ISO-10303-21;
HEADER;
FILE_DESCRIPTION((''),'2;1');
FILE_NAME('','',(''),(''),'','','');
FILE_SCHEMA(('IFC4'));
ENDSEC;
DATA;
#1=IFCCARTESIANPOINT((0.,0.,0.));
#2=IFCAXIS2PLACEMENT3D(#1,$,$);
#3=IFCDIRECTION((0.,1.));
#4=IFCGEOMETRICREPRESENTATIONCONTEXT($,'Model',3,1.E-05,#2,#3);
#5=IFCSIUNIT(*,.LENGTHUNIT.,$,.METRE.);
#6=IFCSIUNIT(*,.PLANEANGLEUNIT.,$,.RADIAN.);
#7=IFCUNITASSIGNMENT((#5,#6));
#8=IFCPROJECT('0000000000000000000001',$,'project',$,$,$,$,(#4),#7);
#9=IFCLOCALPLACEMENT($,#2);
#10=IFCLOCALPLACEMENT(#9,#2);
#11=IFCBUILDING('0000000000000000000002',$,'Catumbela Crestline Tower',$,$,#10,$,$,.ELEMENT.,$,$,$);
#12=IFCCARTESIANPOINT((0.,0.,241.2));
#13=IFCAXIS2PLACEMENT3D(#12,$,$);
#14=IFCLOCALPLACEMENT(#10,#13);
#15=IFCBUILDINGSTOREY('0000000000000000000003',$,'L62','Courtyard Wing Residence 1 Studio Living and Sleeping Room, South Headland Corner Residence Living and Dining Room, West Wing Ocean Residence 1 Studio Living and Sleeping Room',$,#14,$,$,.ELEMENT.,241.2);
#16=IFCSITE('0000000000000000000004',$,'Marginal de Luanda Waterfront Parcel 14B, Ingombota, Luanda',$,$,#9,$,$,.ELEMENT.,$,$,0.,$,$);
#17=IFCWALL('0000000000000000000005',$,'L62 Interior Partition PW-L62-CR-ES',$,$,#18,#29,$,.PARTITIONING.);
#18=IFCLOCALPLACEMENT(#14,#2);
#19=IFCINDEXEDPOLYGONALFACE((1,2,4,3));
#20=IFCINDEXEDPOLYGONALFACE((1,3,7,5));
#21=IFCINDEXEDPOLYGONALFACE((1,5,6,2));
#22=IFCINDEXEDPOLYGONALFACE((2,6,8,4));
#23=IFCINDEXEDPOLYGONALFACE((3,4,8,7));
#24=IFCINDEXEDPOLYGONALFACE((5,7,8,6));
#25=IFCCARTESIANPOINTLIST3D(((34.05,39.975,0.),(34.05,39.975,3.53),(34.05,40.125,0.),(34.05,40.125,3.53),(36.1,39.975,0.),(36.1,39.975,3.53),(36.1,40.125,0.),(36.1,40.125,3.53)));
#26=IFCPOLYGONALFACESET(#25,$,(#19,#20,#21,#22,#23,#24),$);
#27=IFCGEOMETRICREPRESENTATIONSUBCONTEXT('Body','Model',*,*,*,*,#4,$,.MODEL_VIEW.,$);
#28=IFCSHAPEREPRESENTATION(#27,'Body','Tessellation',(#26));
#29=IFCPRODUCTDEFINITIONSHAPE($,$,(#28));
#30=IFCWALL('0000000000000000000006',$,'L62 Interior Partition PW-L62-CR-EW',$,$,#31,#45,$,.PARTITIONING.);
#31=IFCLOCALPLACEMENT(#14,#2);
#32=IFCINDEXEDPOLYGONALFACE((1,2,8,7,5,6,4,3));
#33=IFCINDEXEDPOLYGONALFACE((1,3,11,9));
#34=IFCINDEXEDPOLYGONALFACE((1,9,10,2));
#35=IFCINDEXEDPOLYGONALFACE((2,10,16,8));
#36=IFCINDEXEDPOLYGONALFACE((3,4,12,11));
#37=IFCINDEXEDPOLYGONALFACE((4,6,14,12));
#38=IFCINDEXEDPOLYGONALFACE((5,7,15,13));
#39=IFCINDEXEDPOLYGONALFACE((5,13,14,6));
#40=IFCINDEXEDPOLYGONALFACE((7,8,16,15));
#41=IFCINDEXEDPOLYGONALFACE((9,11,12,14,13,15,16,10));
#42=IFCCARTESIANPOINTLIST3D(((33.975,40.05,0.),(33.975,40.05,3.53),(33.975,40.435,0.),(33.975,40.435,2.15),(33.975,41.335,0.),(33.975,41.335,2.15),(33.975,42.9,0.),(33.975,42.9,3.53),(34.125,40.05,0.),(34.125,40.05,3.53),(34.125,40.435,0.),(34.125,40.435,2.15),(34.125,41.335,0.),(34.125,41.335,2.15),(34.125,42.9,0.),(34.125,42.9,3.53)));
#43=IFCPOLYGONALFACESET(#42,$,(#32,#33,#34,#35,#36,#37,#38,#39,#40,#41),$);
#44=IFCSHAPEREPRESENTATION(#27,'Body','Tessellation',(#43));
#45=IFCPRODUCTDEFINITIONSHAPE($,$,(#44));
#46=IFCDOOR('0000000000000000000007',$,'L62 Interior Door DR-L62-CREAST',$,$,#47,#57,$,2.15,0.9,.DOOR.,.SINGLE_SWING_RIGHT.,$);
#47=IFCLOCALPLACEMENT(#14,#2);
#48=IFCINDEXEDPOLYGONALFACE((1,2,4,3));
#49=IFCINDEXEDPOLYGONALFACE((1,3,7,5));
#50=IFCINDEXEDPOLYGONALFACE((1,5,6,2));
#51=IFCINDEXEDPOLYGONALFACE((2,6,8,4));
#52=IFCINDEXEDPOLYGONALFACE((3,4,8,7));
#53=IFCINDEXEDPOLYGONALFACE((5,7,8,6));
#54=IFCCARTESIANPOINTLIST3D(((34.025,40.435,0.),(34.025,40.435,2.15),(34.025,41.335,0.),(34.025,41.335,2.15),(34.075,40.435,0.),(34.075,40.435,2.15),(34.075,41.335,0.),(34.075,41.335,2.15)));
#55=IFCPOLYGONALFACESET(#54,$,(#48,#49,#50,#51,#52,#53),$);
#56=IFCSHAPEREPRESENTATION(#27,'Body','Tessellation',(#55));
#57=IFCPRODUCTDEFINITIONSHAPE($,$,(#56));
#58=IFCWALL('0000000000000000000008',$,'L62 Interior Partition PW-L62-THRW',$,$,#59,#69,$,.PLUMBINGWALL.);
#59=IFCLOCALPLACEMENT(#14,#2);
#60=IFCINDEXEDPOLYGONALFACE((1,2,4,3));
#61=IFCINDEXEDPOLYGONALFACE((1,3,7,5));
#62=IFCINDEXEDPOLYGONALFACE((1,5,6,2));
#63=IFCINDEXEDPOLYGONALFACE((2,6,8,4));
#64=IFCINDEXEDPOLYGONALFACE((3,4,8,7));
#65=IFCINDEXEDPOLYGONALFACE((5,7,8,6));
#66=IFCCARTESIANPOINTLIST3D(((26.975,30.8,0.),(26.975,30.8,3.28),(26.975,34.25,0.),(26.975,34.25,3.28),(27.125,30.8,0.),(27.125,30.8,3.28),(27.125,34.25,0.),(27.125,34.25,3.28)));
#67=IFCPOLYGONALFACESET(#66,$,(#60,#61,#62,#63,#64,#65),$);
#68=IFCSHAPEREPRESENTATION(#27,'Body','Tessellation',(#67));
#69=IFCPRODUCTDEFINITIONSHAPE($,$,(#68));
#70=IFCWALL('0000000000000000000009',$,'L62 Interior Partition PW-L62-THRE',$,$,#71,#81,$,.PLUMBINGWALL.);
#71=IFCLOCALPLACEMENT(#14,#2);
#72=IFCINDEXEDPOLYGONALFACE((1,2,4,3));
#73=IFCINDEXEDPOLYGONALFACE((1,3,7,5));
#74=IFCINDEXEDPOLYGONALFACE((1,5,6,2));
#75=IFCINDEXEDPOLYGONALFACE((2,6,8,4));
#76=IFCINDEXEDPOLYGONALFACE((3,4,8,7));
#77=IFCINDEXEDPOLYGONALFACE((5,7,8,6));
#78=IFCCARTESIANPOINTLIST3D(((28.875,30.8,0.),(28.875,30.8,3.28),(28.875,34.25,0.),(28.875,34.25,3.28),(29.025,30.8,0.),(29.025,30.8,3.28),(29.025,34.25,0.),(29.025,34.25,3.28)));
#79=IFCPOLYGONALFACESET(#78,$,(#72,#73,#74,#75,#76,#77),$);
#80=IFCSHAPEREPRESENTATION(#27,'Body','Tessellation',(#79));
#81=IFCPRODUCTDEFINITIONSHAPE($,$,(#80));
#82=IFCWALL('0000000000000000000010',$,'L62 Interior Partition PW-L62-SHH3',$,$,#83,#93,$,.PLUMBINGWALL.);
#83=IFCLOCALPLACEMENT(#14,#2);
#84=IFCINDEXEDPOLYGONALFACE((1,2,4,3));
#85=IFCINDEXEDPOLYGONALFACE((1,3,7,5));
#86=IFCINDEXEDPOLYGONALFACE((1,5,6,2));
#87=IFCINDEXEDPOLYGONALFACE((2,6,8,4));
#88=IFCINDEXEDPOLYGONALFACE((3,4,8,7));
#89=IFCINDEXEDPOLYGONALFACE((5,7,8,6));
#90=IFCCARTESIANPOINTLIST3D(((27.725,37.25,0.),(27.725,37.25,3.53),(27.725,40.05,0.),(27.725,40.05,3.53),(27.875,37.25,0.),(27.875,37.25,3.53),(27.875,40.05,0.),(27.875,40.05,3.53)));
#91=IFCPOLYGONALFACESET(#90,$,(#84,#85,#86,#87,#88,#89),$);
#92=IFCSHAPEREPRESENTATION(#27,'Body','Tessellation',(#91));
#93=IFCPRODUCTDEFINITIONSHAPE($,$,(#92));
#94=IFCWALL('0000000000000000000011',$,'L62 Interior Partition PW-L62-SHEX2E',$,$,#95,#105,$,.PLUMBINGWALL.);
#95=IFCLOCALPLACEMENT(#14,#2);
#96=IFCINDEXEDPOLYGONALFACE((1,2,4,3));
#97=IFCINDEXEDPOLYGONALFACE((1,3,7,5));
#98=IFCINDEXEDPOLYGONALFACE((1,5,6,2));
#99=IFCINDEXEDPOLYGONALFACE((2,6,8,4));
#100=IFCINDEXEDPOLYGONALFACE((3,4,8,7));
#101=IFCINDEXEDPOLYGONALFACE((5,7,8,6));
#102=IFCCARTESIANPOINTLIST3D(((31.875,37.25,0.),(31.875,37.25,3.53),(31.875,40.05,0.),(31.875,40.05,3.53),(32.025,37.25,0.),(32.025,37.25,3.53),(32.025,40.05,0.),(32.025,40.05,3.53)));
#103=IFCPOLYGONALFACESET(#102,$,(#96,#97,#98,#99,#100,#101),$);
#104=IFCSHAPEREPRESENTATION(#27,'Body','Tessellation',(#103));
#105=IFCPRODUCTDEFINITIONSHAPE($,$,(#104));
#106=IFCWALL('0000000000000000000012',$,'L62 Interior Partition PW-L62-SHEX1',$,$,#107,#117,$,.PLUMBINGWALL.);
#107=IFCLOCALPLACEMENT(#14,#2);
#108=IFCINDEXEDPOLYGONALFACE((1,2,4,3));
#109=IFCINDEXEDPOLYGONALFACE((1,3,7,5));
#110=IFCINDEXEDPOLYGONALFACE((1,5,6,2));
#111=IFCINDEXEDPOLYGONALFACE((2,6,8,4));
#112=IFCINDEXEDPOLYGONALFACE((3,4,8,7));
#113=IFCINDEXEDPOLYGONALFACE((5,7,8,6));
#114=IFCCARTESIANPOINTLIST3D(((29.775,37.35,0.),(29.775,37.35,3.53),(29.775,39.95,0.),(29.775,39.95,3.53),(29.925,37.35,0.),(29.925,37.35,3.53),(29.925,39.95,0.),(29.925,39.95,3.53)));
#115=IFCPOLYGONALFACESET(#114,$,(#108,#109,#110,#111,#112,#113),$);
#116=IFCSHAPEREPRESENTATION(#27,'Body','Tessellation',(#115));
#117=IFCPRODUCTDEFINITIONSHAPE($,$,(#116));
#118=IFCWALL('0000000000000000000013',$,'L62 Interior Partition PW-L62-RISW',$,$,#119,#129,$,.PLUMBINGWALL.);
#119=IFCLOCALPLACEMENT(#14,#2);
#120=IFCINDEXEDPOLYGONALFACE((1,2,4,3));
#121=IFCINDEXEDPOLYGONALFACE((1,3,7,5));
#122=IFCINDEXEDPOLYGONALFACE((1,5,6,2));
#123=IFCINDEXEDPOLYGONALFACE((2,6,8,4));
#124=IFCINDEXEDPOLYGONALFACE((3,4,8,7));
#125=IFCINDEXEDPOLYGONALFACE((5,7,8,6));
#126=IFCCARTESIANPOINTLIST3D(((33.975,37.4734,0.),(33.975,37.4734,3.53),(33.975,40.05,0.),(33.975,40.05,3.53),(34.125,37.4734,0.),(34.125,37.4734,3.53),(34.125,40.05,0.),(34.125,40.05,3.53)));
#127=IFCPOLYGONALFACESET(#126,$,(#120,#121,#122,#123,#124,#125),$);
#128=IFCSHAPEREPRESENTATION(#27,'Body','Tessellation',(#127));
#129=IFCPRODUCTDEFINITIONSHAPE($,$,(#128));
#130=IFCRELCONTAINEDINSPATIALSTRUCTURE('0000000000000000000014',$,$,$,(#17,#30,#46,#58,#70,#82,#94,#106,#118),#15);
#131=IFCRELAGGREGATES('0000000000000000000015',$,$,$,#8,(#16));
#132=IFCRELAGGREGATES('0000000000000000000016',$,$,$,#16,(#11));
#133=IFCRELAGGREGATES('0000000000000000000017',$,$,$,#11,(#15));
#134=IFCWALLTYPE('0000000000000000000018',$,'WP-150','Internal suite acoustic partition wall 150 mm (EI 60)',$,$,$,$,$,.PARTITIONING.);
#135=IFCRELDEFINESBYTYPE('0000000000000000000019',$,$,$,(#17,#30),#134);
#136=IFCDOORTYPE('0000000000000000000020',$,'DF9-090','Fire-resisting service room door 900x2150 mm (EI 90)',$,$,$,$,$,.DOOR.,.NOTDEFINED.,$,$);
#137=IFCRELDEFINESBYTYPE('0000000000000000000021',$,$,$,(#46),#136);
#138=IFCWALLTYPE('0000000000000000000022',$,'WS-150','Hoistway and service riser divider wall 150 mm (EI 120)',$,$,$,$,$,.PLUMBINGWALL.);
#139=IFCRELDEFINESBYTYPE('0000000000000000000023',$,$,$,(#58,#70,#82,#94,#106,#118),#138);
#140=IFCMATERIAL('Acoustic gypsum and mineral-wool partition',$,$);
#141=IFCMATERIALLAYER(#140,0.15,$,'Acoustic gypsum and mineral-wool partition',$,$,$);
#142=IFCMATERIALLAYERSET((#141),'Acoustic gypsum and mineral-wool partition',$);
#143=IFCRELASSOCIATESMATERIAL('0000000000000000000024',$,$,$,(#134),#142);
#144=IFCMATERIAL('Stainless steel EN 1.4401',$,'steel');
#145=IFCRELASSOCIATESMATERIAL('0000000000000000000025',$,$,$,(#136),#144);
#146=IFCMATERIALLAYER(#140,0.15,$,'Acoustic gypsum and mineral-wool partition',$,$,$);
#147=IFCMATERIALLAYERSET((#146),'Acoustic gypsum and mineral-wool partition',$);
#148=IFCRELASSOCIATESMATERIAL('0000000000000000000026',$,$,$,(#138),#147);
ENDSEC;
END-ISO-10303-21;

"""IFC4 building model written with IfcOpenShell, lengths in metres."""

from ifc_helpers import new_model, si_unit, direction, frame, frame_2d, origin, place, context, subcontext, project, spatial, rectangle, extrude, material, layer, layer_set, type_object, element, fill, save


model = new_model("IFC4")

# Units and contexts
model_context = context("Model", 3, precision=1e-05, world=origin(), true_north=direction((0.0, 1.0)))
body_context = subcontext(model_context, "Body", "Model", "MODEL_VIEW")
ifc_project = project(units=[si_unit("LENGTHUNIT", "METRE"), si_unit("PLANEANGLEUNIT", "RADIAN")], contexts=[model_context])

# Site, building, storey
site_placement = place(None, origin())
site = spatial("IfcSite", under=ifc_project, at=site_placement, Name="Marginal de Luanda Waterfront Parcel 14B, Ingombota, Luanda", CompositionType="ELEMENT", RefElevation=0.0)
building_placement = place(site_placement, origin())
building = spatial("IfcBuilding", under=site, at=building_placement, Name="Catumbela Crestline Tower", CompositionType="ELEMENT")
storey_placement = place(building_placement, frame((0.0, 0.0, 241.2)))
storey = spatial("IfcBuildingStorey", under=building, at=storey_placement, Name="L62", Description="Courtyard Wing Residence 1 Studio Living and Sleeping Room, South Headland Corner Residence Living and Dining Room, West Wing Ocean Residence 1 Studio Living and Sleeping Room", CompositionType="ELEMENT", Elevation=241.2)

# Shared definitions
ifc_material_1 = material(Name="Stainless steel EN 1.4401", Category="steel")

# Shared definitions
ifc_material_2 = material(Name="Acoustic gypsum and mineral-wool partition")

# Wall
ifc_layer_1 = layer(ifc_material_2, 0.15, Name="Acoustic gypsum and mineral-wool partition")
ifc_layer_set_1 = layer_set([ifc_layer_1], Name="Acoustic gypsum and mineral-wool partition")
wall_type_1 = type_object("IfcWallType", Name="WP-150", Description="Internal suite acoustic partition wall 150 mm (EI 60)", PredefinedType="PARTITIONING", material=ifc_layer_set_1)
wall_1_placement = place(storey_placement, frame((34.05, 40.05, 0.0), z_axis=(0.0, 0.0, 1.0), x_axis=(1.0, 0.0, 0.0)))
element("IfcWall", 1, at=wall_1_placement, inside=storey, type_object=wall_type_1, Name="L62 Interior Partition PW-L62-CR-ES", PredefinedType="PARTITIONING", context=body_context, shape_type="SweptSolid", body=[
    extrude(rectangle(XDim=2.05, YDim=0.15, at=frame_2d((1.025, 0.0))), origin(), (0.0, 0.0, 1.0), 3.53),
])

# Wall, opening, door
wall_2_placement = place(storey_placement, frame((34.05, 40.05, 0.0), z_axis=(0.0, 0.0, 1.0), x_axis=(0.0, 1.0, 0.0)))
wall_2 = element("IfcWall", 2, at=wall_2_placement, inside=storey, type_object=wall_type_1, Name="L62 Interior Partition PW-L62-CR-EW", PredefinedType="PARTITIONING", context=body_context, shape_type="SweptSolid", body=[
    extrude(rectangle(XDim=2.85, YDim=0.15, at=frame_2d((1.425, 0.0))), origin(), (0.0, 0.0, 1.0), 3.53),
])
opening_1_placement = place(wall_2_placement, frame((0.385, 0.0, 0.0)))
opening_1 = element("IfcOpeningElement", 3, at=opening_1_placement, cuts=wall_2, PredefinedType="OPENING", context=body_context, shape_type="SweptSolid", body=[
    extrude(rectangle(XDim=0.9, YDim=2.15, at=frame_2d((0.45, 1.075))), frame((0.0, 0.085, 0.0), z_axis=(0.0, -1.0, 0.0), x_axis=(1.0, 0.0, 0.0)), (0.0, 0.0, 1.0), 0.17),
])
door_type_1 = type_object("IfcDoorType", Name="DF9-090", Description="Fire-resisting service room door 900x2150 mm (EI 90)", OperationType="NOTDEFINED", PredefinedType="DOOR", material=ifc_material_1)
door_1_placement = place(opening_1_placement, origin())
door_1 = element("IfcDoor", 4, at=door_1_placement, inside=storey, type_object=door_type_1, Name="L62 Interior Door DR-L62-CREAST", OperationType="SINGLE_SWING_RIGHT", OverallHeight=2.15, OverallWidth=0.9, PredefinedType="DOOR", context=body_context, shape_type="SweptSolid", body=[
    extrude(rectangle(XDim=0.9, YDim=2.15, at=frame_2d((0.45, 1.075))), frame((0.0, 0.025, 0.0), z_axis=(0.0, -1.0, 0.0), x_axis=(1.0, 0.0, 0.0)), (0.0, 0.0, 1.0), 0.05),
])
fill(opening_1, door_1)

# Walls
ifc_layer_2 = layer(ifc_material_2, 0.15, Name="Acoustic gypsum and mineral-wool partition")
ifc_layer_set_2 = layer_set([ifc_layer_2], Name="Acoustic gypsum and mineral-wool partition")
wall_type_2 = type_object("IfcWallType", Name="WS-150", Description="Hoistway and service riser divider wall 150 mm (EI 120)", PredefinedType="PLUMBINGWALL", material=ifc_layer_set_2)
for number, where, z_axis, x_axis, name in (
    (5, (27.05, 30.8, 0.0), (0.0, 0.0, 1.0), (0.0, 1.0, 0.0), "L62 Interior Partition PW-L62-THRW"),
    (6, (28.95, 30.8, 0.0), (0.0, 0.0, 1.0), (0.0, 1.0, 0.0), "L62 Interior Partition PW-L62-THRE"),
):
    element("IfcWall", number, at=place(storey_placement, frame(where, z_axis=z_axis, x_axis=x_axis)), inside=storey, type_object=wall_type_2, Name=name, PredefinedType="PLUMBINGWALL", context=body_context, shape_type="SweptSolid", body=[
        extrude(rectangle(XDim=3.45, YDim=0.15, at=frame_2d((1.725, 0.0))), origin(), (0.0, 0.0, 1.0), 3.28),
    ])
for number, where, z_axis, x_axis, name in (
    (7, (27.8, 37.25, 0.0), (0.0, 0.0, 1.0), (0.0, 1.0, 0.0), "L62 Interior Partition PW-L62-SHH3"),
    (8, (31.95, 37.25, 0.0), (0.0, 0.0, 1.0), (0.0, 1.0, 0.0), "L62 Interior Partition PW-L62-SHEX2E"),
):
    element("IfcWall", number, at=place(storey_placement, frame(where, z_axis=z_axis, x_axis=x_axis)), inside=storey, type_object=wall_type_2, Name=name, PredefinedType="PLUMBINGWALL", context=body_context, shape_type="SweptSolid", body=[
        extrude(rectangle(XDim=2.8, YDim=0.15, at=frame_2d((1.4, 0.0))), origin(), (0.0, 0.0, 1.0), 3.53),
    ])
wall_3_placement = place(storey_placement, frame((29.85, 37.35, 0.0), z_axis=(0.0, 0.0, 1.0), x_axis=(0.0, 1.0, 0.0)))
element("IfcWall", 9, at=wall_3_placement, inside=storey, type_object=wall_type_2, Name="L62 Interior Partition PW-L62-SHEX1", PredefinedType="PLUMBINGWALL", context=body_context, shape_type="SweptSolid", body=[
    extrude(rectangle(XDim=2.6, YDim=0.15, at=frame_2d((1.3, 0.0))), origin(), (0.0, 0.0, 1.0), 3.53),
])
wall_4_placement = place(storey_placement, frame((34.05, 37.4734, 0.0), z_axis=(0.0, 0.0, 1.0), x_axis=(0.0, 1.0, 0.0)))
element("IfcWall", 10, at=wall_4_placement, inside=storey, type_object=wall_type_2, Name="L62 Interior Partition PW-L62-RISW", PredefinedType="PLUMBINGWALL", context=body_context, shape_type="SweptSolid", body=[
    extrude(rectangle(XDim=2.5766, YDim=0.15, at=frame_2d((1.2883, 0.0))), origin(), (0.0, 0.0, 1.0), 3.53),
])

save(model, "model.ifc")
